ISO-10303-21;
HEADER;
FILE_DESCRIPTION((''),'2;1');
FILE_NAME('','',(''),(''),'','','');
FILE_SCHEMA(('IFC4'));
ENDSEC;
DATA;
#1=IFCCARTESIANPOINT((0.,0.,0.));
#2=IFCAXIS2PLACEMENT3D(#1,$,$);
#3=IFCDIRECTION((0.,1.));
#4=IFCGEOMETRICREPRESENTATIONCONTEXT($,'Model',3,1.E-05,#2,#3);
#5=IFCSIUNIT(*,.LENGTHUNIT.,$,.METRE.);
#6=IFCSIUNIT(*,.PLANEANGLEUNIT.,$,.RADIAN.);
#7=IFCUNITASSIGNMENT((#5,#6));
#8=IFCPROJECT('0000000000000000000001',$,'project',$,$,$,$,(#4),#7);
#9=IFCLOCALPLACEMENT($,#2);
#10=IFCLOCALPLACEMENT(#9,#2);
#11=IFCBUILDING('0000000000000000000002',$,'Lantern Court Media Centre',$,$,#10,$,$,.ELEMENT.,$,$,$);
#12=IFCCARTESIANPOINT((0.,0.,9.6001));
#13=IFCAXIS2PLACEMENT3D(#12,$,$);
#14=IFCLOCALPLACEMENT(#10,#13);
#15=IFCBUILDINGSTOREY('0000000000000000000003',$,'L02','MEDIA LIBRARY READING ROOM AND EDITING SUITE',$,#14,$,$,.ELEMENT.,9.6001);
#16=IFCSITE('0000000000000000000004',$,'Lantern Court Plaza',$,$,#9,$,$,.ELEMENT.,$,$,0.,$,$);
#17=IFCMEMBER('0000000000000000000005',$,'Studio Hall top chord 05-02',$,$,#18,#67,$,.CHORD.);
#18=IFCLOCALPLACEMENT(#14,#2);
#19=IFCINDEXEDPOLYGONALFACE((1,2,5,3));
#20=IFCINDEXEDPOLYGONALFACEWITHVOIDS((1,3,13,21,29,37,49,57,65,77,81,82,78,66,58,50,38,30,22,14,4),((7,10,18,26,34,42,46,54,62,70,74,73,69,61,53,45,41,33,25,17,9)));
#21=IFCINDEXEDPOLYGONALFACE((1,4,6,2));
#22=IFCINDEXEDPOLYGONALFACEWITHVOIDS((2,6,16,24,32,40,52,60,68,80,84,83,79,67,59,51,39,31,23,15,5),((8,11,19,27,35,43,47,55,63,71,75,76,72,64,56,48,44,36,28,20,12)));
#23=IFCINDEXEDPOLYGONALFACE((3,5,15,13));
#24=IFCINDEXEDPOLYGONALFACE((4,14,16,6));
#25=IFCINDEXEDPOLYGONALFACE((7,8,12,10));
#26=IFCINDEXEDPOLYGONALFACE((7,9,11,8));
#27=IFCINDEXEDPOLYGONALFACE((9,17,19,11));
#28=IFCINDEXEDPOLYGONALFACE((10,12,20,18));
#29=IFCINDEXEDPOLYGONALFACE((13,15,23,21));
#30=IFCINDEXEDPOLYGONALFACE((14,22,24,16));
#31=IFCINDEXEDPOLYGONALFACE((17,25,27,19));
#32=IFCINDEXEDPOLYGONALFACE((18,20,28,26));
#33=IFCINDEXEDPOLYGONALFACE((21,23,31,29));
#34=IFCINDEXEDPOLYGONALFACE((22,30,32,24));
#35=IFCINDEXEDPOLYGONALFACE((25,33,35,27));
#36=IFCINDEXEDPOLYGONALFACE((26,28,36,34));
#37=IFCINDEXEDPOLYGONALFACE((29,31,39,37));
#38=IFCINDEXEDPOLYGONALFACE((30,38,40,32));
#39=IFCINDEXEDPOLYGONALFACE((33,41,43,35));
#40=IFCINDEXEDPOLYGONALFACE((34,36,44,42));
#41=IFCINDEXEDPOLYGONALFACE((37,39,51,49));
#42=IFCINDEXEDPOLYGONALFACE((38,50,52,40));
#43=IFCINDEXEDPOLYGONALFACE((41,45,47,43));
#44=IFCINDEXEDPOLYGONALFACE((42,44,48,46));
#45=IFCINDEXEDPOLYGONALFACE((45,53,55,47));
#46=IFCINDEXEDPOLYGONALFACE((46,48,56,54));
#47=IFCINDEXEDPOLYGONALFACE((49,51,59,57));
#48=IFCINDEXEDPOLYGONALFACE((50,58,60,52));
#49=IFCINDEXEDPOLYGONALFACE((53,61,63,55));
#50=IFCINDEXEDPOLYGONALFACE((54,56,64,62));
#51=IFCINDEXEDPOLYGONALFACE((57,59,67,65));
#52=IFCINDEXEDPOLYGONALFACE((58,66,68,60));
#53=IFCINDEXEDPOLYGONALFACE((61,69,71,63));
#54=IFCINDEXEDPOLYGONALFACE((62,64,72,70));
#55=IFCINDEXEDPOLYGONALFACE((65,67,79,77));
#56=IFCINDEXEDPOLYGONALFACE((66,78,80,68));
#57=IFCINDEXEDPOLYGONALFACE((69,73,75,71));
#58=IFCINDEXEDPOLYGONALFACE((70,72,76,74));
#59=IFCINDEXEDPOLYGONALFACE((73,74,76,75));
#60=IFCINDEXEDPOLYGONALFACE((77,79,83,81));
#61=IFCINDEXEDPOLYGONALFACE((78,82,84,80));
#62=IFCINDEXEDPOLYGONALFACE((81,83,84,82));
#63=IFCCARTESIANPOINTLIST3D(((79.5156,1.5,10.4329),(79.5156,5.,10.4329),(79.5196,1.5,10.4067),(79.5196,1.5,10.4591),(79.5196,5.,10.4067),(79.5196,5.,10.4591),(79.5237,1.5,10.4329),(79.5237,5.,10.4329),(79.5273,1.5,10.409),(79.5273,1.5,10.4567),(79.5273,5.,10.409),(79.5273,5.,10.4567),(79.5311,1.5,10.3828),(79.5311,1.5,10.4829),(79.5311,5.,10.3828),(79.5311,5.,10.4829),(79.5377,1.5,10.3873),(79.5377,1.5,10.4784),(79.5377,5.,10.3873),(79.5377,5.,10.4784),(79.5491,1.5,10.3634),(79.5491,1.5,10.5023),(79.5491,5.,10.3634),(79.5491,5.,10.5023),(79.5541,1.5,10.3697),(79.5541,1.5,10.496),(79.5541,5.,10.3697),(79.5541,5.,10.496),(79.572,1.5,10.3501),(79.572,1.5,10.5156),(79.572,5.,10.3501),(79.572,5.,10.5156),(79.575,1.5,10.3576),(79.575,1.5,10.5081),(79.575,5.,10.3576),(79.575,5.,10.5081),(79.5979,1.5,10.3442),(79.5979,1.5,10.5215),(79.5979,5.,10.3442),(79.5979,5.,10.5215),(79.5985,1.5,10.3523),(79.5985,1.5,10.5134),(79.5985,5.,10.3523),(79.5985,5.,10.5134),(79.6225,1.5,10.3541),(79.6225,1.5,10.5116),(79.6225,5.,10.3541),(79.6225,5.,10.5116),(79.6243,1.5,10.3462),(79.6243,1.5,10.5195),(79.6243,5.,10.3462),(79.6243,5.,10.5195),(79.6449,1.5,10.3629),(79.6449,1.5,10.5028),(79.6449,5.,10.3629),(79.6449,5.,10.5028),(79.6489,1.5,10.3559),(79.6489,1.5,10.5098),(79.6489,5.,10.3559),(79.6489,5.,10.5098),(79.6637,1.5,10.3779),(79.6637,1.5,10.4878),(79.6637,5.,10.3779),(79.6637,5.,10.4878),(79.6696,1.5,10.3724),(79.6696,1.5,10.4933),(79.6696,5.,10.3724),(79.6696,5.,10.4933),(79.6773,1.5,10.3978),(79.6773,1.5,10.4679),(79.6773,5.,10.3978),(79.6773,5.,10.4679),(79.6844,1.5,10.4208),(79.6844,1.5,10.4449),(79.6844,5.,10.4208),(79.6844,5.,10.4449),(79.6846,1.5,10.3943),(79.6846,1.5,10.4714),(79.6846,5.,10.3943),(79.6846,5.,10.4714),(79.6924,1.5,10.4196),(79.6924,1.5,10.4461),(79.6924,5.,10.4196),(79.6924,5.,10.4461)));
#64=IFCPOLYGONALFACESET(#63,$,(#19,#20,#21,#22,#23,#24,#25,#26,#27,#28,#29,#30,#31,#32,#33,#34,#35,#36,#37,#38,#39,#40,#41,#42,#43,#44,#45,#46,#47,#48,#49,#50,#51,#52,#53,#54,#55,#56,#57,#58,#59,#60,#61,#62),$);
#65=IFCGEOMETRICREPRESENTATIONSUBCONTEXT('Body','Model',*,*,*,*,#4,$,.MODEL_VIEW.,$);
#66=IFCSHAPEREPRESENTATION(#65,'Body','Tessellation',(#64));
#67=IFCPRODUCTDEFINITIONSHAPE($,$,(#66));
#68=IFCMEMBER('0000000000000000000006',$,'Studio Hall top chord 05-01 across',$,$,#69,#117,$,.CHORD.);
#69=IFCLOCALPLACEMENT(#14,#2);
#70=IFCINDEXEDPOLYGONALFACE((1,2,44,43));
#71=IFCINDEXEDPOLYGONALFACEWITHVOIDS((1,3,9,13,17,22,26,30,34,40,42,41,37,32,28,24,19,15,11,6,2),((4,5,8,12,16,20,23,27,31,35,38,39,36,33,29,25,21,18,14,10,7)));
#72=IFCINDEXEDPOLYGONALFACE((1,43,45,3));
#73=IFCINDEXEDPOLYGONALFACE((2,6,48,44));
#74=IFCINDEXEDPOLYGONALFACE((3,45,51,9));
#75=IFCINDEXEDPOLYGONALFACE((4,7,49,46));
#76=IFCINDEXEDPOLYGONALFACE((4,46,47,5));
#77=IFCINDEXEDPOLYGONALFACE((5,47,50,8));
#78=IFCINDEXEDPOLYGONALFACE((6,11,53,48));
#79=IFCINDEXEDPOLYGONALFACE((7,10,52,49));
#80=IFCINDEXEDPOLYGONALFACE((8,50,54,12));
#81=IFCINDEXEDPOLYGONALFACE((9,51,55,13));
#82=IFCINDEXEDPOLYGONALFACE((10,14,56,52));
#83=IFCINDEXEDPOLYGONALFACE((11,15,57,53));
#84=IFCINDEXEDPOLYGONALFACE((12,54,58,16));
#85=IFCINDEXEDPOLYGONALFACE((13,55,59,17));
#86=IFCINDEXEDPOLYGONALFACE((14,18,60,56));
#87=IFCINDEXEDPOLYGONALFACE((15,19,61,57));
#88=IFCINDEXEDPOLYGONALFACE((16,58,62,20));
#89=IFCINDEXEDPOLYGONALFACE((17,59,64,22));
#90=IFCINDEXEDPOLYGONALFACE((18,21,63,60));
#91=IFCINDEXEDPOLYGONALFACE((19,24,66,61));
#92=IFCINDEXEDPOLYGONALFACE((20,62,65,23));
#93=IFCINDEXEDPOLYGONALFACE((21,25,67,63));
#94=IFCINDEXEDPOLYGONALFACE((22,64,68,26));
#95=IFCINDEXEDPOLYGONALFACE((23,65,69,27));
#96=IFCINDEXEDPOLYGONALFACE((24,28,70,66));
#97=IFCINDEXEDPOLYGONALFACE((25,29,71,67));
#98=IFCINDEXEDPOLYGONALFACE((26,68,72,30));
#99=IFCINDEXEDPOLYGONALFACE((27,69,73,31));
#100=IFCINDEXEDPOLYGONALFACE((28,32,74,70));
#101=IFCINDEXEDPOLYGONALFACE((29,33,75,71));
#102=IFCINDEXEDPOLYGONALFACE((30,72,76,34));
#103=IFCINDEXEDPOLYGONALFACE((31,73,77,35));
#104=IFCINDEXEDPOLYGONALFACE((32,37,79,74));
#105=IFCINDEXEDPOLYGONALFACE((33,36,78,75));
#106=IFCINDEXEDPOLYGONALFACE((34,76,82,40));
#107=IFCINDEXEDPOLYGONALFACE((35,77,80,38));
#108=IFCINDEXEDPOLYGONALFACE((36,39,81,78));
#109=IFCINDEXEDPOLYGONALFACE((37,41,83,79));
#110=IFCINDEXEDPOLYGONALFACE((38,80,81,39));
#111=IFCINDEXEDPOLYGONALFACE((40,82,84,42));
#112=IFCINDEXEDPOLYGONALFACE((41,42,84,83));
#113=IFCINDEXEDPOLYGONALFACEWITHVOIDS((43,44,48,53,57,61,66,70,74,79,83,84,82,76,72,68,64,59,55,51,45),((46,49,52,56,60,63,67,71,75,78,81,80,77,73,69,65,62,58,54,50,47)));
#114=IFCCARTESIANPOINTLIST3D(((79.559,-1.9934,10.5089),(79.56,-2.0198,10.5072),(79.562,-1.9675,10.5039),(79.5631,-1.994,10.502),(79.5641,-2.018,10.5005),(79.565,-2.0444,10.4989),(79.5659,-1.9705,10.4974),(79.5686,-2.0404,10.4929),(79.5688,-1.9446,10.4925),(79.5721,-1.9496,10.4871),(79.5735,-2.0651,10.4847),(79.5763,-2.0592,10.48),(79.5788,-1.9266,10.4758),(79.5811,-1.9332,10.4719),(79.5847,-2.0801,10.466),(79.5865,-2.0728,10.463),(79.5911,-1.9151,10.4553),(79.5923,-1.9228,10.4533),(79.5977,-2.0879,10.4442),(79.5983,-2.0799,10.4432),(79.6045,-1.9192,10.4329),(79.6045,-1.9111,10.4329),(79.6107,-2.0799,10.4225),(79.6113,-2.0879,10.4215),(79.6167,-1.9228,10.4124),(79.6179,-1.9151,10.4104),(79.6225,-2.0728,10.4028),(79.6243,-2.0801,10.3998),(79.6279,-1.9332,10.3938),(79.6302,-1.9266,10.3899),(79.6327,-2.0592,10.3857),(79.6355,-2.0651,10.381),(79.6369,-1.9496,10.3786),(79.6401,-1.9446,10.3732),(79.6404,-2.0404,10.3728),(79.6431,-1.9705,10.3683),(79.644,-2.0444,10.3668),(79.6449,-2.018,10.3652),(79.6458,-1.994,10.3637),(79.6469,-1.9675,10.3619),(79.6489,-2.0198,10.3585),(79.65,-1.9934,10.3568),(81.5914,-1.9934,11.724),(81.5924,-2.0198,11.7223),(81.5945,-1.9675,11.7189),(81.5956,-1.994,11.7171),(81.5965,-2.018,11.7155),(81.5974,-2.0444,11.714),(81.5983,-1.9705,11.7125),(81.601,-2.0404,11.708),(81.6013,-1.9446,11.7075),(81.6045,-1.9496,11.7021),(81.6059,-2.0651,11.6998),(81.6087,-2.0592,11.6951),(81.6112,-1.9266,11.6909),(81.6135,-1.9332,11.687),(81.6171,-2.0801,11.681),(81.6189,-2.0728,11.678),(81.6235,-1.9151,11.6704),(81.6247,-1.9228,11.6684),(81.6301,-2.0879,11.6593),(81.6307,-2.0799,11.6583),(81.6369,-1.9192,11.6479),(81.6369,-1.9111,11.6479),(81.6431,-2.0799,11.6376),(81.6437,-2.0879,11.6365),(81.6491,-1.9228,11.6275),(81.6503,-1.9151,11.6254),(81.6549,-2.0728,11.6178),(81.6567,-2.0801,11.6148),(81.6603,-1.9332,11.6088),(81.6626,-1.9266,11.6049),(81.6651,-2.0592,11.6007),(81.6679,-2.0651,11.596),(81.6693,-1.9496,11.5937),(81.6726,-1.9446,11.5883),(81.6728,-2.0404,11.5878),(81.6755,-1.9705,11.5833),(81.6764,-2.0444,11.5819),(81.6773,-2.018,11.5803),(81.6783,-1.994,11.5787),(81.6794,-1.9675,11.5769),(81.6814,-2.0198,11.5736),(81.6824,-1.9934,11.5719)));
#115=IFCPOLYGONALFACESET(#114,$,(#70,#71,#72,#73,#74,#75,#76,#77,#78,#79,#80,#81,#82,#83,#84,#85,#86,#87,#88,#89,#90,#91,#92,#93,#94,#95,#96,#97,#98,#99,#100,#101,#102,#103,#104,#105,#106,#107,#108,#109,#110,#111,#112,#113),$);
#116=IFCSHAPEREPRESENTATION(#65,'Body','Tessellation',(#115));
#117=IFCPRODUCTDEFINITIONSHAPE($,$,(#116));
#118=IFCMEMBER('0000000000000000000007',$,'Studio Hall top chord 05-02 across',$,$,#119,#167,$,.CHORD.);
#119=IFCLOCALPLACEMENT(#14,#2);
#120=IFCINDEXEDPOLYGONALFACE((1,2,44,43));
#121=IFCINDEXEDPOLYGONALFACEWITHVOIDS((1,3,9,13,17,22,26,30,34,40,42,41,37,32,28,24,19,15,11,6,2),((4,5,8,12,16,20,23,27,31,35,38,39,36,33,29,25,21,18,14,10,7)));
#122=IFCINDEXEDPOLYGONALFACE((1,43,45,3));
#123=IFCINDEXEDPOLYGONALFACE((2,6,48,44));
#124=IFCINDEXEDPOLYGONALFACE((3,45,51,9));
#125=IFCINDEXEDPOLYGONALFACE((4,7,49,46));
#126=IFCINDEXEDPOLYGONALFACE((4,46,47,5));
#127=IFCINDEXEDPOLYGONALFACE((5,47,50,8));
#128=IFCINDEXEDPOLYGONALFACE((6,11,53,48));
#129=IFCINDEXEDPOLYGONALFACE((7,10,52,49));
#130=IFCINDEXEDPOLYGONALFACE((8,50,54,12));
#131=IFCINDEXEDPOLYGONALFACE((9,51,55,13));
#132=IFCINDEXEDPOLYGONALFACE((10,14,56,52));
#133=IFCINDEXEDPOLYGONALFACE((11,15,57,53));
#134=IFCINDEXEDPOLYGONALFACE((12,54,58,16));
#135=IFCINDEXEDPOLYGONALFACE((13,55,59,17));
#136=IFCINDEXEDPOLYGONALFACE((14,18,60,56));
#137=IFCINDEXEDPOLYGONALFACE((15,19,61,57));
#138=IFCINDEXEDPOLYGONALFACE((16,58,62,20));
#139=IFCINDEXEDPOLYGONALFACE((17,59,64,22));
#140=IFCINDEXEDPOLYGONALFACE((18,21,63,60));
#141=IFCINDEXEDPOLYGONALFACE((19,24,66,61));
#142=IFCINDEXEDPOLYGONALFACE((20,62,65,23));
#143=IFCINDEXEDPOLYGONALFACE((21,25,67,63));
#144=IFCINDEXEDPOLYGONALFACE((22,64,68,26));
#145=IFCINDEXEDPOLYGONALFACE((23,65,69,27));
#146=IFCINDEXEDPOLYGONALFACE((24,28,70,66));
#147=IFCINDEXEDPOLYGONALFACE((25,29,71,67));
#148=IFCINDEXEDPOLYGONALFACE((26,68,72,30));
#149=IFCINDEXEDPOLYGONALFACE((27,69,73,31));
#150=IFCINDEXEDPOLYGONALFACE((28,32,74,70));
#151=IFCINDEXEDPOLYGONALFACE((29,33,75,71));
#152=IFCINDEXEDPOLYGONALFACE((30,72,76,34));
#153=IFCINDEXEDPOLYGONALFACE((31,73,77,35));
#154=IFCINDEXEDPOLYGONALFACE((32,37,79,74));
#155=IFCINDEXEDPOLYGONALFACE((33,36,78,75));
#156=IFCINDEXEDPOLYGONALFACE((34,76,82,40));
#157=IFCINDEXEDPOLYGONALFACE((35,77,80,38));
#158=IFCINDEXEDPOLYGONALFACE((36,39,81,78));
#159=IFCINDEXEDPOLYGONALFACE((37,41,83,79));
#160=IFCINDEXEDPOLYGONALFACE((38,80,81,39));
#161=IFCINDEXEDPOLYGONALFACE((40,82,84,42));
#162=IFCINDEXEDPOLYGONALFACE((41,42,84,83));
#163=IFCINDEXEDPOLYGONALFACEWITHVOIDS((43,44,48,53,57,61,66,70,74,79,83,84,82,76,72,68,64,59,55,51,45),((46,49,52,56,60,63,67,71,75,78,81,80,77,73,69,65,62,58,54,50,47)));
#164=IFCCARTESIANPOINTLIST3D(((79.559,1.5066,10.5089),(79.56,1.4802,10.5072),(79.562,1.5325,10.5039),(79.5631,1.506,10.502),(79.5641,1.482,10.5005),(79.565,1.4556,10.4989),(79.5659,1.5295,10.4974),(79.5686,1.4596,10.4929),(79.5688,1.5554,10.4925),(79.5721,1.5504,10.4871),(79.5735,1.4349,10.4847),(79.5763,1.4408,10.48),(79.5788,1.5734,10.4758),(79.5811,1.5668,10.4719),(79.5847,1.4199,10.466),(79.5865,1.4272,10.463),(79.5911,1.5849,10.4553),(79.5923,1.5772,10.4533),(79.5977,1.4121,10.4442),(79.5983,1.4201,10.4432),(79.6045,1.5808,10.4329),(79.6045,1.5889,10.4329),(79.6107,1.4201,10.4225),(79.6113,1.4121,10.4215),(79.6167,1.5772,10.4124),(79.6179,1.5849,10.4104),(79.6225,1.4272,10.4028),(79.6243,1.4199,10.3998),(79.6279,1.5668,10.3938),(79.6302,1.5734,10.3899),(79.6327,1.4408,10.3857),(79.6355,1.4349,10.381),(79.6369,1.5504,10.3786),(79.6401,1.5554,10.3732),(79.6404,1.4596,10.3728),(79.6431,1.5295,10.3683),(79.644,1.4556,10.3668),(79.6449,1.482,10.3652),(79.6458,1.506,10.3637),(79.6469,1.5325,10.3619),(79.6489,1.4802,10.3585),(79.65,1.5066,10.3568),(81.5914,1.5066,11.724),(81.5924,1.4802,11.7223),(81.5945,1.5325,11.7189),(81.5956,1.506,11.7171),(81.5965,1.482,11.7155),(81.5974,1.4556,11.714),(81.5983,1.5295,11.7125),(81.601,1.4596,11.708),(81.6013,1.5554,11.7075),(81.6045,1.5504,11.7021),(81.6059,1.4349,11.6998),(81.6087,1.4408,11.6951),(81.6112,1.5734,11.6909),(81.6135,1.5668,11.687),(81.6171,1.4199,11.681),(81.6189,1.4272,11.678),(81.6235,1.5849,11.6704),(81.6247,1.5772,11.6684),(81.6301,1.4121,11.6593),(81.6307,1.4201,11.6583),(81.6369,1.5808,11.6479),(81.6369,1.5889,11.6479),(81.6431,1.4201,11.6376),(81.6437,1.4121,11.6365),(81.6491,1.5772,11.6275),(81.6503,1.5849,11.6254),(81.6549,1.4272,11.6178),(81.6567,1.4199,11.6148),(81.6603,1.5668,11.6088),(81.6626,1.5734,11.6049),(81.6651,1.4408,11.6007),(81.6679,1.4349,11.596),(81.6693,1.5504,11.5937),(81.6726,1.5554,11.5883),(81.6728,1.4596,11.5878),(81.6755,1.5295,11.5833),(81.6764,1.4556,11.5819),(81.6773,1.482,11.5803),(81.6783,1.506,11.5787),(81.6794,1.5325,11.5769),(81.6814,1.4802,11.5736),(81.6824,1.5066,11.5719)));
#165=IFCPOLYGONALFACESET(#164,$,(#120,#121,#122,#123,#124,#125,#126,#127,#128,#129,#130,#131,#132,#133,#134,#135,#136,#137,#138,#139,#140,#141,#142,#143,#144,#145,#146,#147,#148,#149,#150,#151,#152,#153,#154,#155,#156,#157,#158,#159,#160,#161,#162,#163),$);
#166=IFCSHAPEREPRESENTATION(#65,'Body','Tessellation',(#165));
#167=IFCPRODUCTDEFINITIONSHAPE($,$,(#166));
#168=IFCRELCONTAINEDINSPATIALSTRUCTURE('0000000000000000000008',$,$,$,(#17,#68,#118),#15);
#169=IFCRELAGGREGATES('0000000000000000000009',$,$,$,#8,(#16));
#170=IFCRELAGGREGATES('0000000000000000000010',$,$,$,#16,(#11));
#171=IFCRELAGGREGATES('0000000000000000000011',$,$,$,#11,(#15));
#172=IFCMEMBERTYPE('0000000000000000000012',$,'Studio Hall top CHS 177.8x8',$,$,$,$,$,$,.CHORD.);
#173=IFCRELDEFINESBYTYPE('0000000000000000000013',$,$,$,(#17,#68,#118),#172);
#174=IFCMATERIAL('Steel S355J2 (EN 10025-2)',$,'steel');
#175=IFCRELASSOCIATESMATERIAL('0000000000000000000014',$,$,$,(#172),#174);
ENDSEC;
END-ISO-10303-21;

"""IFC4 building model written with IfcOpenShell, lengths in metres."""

from ifc_helpers import new_model, si_unit, direction, frame, origin, origin_2d, place, context, subcontext, project, spatial, hollow_circle, extrude, material, material_profile, profile_set, type_object, element, save


model = new_model("IFC4")

# Units and contexts
model_context = context("Model", 3, precision=1e-05, world=origin(), true_north=direction((0.0, 1.0)))
body_context = subcontext(model_context, "Body", "Model", "MODEL_VIEW")
ifc_project = project(units=[si_unit("LENGTHUNIT", "METRE"), si_unit("PLANEANGLEUNIT", "RADIAN")], contexts=[model_context])

# Site, building, storey
site_placement = place(None, origin())
site = spatial("IfcSite", under=ifc_project, at=site_placement, Name="Lantern Court Plaza", CompositionType="ELEMENT", RefElevation=0.0)
building_placement = place(site_placement, origin())
building = spatial("IfcBuilding", under=site, at=building_placement, Name="Lantern Court Media Centre", CompositionType="ELEMENT")
storey_placement = place(building_placement, frame((0.0, 0.0, 9.6001)))
storey = spatial("IfcBuildingStorey", under=building, at=storey_placement, Name="L02", Description="MEDIA LIBRARY READING ROOM AND EDITING SUITE", CompositionType="ELEMENT", Elevation=9.6001)

# Members
ifc_material = material(Name="Steel S355J2 (EN 10025-2)", Category="steel")
ifc_material_profile_1 = material_profile(ifc_material, hollow_circle(Radius=0.0889, WallThickness=0.0081, at=origin_2d()), Name="Studio Hall top CHS 177.8x8")
ifc_profile_set_1 = profile_set([ifc_material_profile_1], Name="Steel S355J2 (EN 10025-2)")
member_type_1 = type_object("IfcMemberType", Name="Studio Hall top CHS 177.8x8", PredefinedType="CHORD", material=ifc_profile_set_1)
for number, where, z_axis, x_axis, name in (
    (1, (79.6045, 1.5, 10.4329), (0.0, 1.0, 0.0), (-1.0, 0.0, 0.0), "Studio Hall top chord 05-02"),
):
    element("IfcMember", number, at=place(storey_placement, frame(where, z_axis=z_axis, x_axis=x_axis)), inside=storey, type_object=member_type_1, Name=name, PredefinedType="CHORD", context=body_context, shape_type="SweptSolid", body=[
        extrude(hollow_circle(Radius=0.0889, WallThickness=0.0081, at=origin_2d()), origin(), (0.0, 0.0, 1.0), 3.5),
    ])
for number, where, z_axis, x_axis, name in (
    (2, (79.6045, -2.0, 10.4329), (0.858311, 0.0, 0.513131), (0.0, 1.0, 0.0), "Studio Hall top chord 05-01 across"),
    (3, (79.6045, 1.5, 10.4329), (0.858311, 0.0, 0.513131), (0.0, 1.0, 0.0), "Studio Hall top chord 05-02 across"),
):
    element("IfcMember", number, at=place(storey_placement, frame(where, z_axis=z_axis, x_axis=x_axis)), inside=storey, type_object=member_type_1, Name=name, PredefinedType="CHORD", context=body_context, shape_type="SweptSolid", body=[
        extrude(hollow_circle(Radius=0.0889, WallThickness=0.0081, at=origin_2d()), origin(), (0.0, 0.0, 1.0), 2.3679),
    ])

save(model, "model.ifc")
